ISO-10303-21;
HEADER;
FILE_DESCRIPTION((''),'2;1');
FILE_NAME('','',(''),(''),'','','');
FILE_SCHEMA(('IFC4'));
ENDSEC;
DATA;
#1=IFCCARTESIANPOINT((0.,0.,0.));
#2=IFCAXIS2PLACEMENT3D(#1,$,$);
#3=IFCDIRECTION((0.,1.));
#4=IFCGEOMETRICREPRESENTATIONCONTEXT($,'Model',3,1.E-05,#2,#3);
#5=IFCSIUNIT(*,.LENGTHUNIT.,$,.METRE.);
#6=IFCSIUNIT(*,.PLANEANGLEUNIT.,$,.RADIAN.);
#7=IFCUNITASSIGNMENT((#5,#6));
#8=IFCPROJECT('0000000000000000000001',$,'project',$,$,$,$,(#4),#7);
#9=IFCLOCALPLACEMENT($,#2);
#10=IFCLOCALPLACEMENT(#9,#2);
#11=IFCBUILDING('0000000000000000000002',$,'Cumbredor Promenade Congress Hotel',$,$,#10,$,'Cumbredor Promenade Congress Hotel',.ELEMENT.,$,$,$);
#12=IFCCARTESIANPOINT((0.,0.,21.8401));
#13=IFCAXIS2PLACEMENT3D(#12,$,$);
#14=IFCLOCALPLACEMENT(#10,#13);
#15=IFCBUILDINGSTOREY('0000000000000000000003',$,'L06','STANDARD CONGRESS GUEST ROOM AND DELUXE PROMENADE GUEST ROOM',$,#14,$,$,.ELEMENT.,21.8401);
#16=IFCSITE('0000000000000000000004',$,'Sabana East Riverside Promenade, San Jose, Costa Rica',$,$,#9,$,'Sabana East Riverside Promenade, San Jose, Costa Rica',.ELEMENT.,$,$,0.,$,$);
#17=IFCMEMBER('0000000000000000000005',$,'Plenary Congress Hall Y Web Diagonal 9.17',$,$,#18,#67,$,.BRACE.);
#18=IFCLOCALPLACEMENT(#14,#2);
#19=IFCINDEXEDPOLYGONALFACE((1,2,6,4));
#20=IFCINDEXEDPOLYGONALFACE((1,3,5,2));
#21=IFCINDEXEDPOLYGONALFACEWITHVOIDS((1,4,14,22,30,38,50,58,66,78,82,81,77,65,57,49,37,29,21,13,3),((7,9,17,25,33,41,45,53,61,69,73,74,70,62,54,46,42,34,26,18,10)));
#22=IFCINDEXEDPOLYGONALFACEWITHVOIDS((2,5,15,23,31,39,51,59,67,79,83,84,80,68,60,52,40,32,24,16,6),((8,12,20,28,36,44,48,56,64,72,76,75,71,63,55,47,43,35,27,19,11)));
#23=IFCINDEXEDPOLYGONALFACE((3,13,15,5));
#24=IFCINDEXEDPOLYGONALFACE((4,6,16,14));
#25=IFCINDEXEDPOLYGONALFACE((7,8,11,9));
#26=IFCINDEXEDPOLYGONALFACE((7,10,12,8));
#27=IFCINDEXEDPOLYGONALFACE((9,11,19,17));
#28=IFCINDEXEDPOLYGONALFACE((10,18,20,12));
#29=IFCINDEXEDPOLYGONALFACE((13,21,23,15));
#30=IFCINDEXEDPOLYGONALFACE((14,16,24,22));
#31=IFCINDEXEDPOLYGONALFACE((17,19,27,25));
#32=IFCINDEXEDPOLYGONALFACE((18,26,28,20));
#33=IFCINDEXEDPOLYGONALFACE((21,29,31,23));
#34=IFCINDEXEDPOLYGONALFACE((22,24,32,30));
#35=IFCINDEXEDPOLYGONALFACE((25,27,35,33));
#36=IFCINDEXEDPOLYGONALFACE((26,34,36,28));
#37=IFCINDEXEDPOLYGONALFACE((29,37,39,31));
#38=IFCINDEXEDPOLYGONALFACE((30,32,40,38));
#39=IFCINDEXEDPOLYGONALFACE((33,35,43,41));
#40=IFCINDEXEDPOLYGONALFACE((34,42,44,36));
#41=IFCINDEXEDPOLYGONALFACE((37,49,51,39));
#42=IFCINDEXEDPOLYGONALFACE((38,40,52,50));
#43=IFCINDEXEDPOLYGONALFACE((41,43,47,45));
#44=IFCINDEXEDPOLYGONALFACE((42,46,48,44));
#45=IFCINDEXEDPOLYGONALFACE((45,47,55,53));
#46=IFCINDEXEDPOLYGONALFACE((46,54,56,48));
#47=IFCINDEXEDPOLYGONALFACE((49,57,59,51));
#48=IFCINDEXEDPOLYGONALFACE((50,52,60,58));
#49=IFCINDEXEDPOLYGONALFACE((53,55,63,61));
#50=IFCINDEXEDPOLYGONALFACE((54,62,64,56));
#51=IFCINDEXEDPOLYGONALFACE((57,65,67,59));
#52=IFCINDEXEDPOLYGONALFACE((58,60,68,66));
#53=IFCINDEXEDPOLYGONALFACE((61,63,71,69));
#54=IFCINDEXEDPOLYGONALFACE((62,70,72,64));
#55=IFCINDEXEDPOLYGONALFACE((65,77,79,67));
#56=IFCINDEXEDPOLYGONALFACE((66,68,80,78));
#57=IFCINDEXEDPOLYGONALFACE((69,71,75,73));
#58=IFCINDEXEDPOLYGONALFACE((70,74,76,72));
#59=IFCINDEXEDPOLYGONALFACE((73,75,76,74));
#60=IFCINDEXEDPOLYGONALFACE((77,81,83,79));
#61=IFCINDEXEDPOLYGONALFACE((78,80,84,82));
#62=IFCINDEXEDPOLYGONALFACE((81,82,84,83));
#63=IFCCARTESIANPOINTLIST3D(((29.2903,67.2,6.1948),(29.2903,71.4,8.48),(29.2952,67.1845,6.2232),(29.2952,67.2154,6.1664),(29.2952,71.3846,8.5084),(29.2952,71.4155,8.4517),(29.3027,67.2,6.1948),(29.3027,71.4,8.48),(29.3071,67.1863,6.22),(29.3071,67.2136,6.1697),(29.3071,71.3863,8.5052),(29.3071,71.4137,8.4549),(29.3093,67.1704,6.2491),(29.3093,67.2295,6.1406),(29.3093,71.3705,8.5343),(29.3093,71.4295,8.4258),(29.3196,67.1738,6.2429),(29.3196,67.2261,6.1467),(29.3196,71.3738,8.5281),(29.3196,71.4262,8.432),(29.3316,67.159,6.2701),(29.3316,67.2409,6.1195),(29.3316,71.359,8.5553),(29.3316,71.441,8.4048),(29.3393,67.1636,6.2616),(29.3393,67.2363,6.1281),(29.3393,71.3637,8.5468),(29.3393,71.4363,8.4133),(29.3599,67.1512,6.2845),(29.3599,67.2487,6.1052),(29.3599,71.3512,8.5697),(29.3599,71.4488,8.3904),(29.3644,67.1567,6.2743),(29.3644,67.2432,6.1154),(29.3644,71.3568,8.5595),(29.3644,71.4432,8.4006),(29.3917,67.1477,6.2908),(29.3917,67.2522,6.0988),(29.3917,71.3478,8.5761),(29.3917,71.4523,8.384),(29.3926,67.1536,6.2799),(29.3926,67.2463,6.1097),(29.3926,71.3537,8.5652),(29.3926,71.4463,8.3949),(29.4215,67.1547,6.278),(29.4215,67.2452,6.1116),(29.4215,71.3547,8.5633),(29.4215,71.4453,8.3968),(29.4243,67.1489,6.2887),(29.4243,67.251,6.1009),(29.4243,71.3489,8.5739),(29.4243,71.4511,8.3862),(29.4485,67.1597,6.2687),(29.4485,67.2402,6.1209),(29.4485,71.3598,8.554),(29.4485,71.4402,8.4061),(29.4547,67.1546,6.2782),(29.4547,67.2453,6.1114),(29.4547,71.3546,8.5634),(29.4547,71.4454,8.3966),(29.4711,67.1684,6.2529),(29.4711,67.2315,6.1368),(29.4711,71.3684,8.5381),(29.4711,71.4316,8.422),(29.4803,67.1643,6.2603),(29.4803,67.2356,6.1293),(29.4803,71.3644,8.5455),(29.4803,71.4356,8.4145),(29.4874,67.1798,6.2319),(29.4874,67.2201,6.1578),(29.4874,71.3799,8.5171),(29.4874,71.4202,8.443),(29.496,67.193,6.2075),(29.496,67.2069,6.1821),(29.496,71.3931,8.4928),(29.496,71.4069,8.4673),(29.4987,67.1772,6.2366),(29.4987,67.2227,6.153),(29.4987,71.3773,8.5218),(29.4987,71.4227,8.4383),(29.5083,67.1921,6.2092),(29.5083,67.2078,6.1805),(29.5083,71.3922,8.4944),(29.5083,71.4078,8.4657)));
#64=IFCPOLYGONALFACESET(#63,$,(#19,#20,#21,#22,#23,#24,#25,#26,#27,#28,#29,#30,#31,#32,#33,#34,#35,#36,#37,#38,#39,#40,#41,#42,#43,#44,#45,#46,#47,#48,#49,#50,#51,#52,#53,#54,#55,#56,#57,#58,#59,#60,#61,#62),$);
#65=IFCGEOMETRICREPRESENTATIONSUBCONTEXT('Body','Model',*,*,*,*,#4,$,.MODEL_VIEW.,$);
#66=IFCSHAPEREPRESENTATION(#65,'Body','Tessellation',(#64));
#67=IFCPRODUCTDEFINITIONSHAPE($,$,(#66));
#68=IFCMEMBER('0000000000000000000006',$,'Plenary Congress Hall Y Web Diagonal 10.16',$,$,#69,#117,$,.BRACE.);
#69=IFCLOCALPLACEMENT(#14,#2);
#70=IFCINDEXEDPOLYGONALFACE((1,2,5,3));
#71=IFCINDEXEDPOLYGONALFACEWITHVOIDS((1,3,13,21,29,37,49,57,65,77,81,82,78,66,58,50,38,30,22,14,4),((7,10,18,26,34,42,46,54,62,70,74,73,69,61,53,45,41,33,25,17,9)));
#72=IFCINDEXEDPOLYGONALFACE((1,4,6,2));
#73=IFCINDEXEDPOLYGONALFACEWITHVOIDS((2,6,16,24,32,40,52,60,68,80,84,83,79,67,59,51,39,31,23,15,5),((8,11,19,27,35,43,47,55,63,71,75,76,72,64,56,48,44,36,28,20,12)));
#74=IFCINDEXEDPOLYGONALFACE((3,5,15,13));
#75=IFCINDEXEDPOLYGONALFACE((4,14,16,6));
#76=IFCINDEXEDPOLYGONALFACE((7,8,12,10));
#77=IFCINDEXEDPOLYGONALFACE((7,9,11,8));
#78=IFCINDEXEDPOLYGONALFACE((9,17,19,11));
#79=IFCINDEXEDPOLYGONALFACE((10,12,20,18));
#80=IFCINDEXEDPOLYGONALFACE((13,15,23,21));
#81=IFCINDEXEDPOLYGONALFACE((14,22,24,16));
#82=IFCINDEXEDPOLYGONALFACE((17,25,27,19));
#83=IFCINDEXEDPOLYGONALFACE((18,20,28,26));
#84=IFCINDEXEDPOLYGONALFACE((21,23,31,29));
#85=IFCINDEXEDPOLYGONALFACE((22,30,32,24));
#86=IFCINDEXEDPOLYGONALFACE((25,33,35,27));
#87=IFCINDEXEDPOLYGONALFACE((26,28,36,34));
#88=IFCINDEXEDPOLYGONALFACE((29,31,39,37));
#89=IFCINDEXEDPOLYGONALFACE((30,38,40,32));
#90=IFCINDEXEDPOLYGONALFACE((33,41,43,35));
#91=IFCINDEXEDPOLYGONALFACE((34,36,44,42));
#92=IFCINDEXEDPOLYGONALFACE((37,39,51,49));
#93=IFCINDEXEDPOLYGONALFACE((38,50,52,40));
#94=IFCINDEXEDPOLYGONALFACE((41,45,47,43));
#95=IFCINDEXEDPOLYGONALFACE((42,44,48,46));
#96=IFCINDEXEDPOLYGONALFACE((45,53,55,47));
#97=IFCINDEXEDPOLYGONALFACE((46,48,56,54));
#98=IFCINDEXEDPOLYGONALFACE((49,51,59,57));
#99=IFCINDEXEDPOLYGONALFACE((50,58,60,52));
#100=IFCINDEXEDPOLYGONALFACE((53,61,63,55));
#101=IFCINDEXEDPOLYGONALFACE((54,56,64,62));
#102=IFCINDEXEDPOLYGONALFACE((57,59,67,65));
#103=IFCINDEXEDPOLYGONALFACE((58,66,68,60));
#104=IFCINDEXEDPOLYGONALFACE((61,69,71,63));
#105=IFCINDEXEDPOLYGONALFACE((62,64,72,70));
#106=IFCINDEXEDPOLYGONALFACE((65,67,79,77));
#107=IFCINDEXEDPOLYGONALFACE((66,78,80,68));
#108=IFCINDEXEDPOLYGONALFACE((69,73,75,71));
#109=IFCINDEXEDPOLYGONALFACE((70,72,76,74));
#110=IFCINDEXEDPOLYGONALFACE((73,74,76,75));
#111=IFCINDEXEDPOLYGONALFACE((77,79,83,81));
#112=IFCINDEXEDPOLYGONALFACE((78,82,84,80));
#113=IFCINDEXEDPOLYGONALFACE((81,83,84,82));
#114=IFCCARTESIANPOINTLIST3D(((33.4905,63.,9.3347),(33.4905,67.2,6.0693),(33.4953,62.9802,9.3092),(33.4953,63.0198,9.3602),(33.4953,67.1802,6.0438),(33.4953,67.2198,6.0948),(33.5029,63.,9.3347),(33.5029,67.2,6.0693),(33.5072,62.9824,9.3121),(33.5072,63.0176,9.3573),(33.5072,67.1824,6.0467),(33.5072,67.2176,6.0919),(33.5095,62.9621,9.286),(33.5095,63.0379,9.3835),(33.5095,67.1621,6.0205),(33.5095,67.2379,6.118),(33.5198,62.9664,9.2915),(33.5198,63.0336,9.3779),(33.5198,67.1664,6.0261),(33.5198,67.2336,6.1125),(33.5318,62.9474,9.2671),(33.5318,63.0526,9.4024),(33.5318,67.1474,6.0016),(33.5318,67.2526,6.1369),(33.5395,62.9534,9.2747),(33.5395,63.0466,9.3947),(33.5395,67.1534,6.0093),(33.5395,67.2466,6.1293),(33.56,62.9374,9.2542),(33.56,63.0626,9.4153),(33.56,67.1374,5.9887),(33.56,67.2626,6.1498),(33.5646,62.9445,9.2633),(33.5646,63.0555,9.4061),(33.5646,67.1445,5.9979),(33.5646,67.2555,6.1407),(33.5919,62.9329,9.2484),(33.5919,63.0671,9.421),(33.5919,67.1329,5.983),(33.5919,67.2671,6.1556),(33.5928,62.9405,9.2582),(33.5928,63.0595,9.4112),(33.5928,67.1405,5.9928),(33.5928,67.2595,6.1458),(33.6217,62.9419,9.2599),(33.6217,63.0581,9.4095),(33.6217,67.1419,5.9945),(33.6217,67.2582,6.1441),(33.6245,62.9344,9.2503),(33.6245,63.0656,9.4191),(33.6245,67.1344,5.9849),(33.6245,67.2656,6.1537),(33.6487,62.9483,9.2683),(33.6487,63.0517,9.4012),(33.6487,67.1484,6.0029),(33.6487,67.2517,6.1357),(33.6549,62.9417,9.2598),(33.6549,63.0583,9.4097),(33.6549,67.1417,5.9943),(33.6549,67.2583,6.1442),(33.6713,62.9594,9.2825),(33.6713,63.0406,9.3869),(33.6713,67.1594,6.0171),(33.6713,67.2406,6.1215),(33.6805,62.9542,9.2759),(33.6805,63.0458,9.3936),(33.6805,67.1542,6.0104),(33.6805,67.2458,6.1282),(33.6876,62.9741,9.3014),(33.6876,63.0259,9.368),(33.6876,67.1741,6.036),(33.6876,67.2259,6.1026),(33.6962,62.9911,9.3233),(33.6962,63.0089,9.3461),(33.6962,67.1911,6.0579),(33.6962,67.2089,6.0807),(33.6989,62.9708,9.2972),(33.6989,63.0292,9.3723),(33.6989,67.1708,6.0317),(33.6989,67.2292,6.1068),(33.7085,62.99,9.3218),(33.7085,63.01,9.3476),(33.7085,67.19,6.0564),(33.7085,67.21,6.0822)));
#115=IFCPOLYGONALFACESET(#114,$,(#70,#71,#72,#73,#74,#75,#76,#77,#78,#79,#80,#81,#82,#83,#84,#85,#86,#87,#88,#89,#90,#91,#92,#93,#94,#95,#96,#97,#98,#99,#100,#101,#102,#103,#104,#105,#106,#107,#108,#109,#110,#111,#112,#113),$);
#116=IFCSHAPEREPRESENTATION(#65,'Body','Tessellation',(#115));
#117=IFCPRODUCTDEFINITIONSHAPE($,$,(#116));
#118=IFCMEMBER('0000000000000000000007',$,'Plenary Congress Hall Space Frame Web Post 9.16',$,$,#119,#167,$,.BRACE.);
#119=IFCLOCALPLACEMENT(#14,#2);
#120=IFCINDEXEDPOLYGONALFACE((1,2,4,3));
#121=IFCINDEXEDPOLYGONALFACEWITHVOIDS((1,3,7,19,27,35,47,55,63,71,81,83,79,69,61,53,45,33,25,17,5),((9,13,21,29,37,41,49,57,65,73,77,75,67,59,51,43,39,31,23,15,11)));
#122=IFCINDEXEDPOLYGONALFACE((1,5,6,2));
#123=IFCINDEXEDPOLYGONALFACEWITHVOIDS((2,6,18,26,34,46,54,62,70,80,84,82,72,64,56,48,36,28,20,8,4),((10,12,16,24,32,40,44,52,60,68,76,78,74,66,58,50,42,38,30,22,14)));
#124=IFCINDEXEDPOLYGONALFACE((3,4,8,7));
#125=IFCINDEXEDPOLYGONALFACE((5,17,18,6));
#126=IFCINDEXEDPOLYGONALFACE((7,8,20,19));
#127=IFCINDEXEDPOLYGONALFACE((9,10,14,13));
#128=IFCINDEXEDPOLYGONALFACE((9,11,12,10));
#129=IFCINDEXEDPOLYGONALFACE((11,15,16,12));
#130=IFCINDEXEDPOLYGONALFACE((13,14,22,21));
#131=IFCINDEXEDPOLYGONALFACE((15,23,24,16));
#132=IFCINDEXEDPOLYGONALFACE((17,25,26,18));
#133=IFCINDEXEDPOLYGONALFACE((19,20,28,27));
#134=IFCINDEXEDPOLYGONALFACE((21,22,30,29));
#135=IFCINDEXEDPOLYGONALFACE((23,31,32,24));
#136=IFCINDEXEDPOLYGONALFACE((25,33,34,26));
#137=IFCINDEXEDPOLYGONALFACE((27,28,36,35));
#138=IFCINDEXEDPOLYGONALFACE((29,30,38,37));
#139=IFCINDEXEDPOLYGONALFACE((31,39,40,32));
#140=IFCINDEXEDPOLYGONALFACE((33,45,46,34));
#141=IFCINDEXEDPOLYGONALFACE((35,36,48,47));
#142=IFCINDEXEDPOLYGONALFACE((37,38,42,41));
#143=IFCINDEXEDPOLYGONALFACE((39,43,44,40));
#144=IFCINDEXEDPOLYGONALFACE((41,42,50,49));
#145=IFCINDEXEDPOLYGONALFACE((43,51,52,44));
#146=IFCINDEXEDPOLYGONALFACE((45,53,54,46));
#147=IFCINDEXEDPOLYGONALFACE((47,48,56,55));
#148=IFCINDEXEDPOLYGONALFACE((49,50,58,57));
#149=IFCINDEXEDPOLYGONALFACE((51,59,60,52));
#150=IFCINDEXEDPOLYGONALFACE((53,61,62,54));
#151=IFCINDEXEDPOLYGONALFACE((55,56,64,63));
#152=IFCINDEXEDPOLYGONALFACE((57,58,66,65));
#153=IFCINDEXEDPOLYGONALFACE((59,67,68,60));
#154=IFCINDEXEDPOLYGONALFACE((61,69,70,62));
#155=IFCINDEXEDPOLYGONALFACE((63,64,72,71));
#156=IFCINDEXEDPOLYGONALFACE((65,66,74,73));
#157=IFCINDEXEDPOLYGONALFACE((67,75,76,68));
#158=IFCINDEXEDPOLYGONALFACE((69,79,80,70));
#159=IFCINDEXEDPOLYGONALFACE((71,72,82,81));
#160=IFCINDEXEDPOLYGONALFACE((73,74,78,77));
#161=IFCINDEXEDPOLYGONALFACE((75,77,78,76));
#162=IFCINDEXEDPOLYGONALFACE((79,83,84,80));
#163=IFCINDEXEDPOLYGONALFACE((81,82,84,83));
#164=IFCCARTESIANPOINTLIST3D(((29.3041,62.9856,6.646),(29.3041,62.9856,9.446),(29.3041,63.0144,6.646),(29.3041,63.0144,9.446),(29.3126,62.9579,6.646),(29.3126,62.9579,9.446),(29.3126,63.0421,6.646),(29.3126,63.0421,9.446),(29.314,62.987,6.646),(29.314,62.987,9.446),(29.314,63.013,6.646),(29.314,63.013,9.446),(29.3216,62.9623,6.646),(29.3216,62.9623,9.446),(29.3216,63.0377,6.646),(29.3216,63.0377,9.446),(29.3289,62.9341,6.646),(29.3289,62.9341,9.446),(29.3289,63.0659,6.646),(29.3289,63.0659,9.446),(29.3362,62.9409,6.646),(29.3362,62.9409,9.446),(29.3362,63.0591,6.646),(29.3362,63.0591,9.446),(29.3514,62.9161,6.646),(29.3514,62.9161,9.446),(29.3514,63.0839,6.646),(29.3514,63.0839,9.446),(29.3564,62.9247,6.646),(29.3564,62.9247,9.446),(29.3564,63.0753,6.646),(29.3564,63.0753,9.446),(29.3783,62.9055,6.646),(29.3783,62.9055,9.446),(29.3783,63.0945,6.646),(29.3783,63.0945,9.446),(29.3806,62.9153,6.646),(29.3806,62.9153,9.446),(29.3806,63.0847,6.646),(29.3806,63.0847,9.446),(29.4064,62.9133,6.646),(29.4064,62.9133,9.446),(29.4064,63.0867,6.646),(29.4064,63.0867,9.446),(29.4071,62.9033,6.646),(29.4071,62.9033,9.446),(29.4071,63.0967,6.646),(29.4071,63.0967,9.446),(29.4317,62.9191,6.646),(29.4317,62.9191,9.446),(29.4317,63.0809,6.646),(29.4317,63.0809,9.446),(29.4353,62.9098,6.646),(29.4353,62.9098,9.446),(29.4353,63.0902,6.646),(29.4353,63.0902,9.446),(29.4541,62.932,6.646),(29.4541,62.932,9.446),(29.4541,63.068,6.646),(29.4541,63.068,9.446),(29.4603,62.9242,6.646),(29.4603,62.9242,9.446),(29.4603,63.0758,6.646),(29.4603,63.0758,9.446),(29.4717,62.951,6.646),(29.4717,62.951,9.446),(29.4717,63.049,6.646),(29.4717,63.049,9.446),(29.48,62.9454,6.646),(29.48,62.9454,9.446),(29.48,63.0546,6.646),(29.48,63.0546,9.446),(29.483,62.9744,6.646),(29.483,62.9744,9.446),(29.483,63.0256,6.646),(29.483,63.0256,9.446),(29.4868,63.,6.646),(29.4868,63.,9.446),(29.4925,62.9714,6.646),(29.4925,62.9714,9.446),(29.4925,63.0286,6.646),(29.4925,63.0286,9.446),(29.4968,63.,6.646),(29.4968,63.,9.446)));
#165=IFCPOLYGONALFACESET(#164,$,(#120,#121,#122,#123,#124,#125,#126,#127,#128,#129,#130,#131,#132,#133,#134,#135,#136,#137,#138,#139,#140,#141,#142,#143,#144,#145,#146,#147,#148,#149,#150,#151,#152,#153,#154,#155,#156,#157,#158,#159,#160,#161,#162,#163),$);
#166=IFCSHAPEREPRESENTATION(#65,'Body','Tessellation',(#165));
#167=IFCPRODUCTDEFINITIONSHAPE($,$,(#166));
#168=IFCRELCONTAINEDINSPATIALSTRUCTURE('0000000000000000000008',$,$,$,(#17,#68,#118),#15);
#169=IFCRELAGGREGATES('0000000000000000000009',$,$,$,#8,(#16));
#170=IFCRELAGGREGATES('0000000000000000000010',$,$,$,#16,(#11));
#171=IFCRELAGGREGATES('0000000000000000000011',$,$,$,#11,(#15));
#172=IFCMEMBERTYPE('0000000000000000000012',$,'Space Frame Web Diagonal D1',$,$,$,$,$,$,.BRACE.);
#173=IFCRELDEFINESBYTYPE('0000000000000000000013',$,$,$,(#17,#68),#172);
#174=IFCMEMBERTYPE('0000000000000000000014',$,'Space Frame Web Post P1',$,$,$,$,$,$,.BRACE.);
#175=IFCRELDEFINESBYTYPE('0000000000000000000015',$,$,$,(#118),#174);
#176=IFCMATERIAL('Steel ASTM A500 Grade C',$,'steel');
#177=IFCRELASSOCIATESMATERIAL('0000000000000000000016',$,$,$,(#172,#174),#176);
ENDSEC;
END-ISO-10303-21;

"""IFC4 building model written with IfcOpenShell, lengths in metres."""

from ifc_helpers import new_model, si_unit, direction, frame, origin, origin_2d, place, context, subcontext, project, spatial, hollow_circle, extrude, material, material_profile, profile_set, type_object, element, save


model = new_model("IFC4")

# Units and contexts
model_context = context("Model", 3, precision=1e-05, world=origin(), true_north=direction((0.0, 1.0)))
body_context = subcontext(model_context, "Body", "Model", "MODEL_VIEW")
ifc_project = project(units=[si_unit("LENGTHUNIT", "METRE"), si_unit("PLANEANGLEUNIT", "RADIAN")], contexts=[model_context])

# Site, building, storey
site_placement = place(None, origin())
site = spatial("IfcSite", under=ifc_project, at=site_placement, Name="Sabana East Riverside Promenade, San Jose, Costa Rica", LongName="Sabana East Riverside Promenade, San Jose, Costa Rica", CompositionType="ELEMENT", RefElevation=0.0)
building_placement = place(site_placement, origin())
building = spatial("IfcBuilding", under=site, at=building_placement, Name="Cumbredor Promenade Congress Hotel", LongName="Cumbredor Promenade Congress Hotel", CompositionType="ELEMENT")
storey_placement = place(building_placement, frame((0.0, 0.0, 21.8401)))
storey = spatial("IfcBuildingStorey", under=building, at=storey_placement, Name="L06", Description="STANDARD CONGRESS GUEST ROOM AND DELUXE PROMENADE GUEST ROOM", CompositionType="ELEMENT", Elevation=21.8401)

# Members
ifc_material_1 = material(Name="Steel ASTM A500 Grade C", Category="steel")
ifc_material_profile_1 = material_profile(ifc_material_1, hollow_circle(Radius=0.1096, WallThickness=0.0125, at=origin_2d()), Name="CHS 219.1x12.5")
ifc_profile_set_1 = profile_set([ifc_material_profile_1], Name="Steel ASTM A500 Grade C")
member_type_1 = type_object("IfcMemberType", Name="Space Frame Web Diagonal D1", PredefinedType="BRACE", material=ifc_profile_set_1)
member_1_placement = place(storey_placement, frame((29.3999, 67.2, 6.1948), z_axis=(0.0, 0.878399, 0.477929), x_axis=(-1.0, 0.0, 0.0)))
element("IfcMember", 1, at=member_1_placement, inside=storey, type_object=member_type_1, Name="Plenary Congress Hall Y Web Diagonal 9.17", PredefinedType="BRACE", context=body_context, shape_type="SweptSolid", body=[
    extrude(hollow_circle(Radius=0.1096, WallThickness=0.0125, at=origin_2d()), origin(), (0.0, 0.0, 1.0), 4.7815),
])
member_2_placement = place(storey_placement, frame((33.6001, 63.0, 9.3347), z_axis=(0.0, 0.789466, -0.613794), x_axis=(-1.0, 0.0, 0.0)))
element("IfcMember", 2, at=member_2_placement, inside=storey, type_object=member_type_1, Name="Plenary Congress Hall Y Web Diagonal 10.16", PredefinedType="BRACE", context=body_context, shape_type="SweptSolid", body=[
    extrude(hollow_circle(Radius=0.1096, WallThickness=0.0125, at=origin_2d()), origin(), (0.0, 0.0, 1.0), 5.3201),
])
ifc_material_profile_2 = material_profile(ifc_material_1, hollow_circle(Radius=0.0969, WallThickness=0.01, at=origin_2d()), Name="CHS 193.7x10")
ifc_profile_set_2 = profile_set([ifc_material_profile_2], Name="Steel ASTM A500 Grade C")
member_type_2 = type_object("IfcMemberType", Name="Space Frame Web Post P1", PredefinedType="BRACE", material=ifc_profile_set_2)
member_3_placement = place(storey_placement, frame((29.3999, 63.0, 6.646), z_axis=(0.0, 0.0, 1.0), x_axis=(1.0, 0.0, 0.0)))
element("IfcMember", 3, at=member_3_placement, inside=storey, type_object=member_type_2, Name="Plenary Congress Hall Space Frame Web Post 9.16", PredefinedType="BRACE", context=body_context, shape_type="SweptSolid", body=[
    extrude(hollow_circle(Radius=0.0969, WallThickness=0.01, at=origin_2d()), origin(), (0.0, 0.0, 1.0), 2.8),
])

save(model, "model.ifc")
